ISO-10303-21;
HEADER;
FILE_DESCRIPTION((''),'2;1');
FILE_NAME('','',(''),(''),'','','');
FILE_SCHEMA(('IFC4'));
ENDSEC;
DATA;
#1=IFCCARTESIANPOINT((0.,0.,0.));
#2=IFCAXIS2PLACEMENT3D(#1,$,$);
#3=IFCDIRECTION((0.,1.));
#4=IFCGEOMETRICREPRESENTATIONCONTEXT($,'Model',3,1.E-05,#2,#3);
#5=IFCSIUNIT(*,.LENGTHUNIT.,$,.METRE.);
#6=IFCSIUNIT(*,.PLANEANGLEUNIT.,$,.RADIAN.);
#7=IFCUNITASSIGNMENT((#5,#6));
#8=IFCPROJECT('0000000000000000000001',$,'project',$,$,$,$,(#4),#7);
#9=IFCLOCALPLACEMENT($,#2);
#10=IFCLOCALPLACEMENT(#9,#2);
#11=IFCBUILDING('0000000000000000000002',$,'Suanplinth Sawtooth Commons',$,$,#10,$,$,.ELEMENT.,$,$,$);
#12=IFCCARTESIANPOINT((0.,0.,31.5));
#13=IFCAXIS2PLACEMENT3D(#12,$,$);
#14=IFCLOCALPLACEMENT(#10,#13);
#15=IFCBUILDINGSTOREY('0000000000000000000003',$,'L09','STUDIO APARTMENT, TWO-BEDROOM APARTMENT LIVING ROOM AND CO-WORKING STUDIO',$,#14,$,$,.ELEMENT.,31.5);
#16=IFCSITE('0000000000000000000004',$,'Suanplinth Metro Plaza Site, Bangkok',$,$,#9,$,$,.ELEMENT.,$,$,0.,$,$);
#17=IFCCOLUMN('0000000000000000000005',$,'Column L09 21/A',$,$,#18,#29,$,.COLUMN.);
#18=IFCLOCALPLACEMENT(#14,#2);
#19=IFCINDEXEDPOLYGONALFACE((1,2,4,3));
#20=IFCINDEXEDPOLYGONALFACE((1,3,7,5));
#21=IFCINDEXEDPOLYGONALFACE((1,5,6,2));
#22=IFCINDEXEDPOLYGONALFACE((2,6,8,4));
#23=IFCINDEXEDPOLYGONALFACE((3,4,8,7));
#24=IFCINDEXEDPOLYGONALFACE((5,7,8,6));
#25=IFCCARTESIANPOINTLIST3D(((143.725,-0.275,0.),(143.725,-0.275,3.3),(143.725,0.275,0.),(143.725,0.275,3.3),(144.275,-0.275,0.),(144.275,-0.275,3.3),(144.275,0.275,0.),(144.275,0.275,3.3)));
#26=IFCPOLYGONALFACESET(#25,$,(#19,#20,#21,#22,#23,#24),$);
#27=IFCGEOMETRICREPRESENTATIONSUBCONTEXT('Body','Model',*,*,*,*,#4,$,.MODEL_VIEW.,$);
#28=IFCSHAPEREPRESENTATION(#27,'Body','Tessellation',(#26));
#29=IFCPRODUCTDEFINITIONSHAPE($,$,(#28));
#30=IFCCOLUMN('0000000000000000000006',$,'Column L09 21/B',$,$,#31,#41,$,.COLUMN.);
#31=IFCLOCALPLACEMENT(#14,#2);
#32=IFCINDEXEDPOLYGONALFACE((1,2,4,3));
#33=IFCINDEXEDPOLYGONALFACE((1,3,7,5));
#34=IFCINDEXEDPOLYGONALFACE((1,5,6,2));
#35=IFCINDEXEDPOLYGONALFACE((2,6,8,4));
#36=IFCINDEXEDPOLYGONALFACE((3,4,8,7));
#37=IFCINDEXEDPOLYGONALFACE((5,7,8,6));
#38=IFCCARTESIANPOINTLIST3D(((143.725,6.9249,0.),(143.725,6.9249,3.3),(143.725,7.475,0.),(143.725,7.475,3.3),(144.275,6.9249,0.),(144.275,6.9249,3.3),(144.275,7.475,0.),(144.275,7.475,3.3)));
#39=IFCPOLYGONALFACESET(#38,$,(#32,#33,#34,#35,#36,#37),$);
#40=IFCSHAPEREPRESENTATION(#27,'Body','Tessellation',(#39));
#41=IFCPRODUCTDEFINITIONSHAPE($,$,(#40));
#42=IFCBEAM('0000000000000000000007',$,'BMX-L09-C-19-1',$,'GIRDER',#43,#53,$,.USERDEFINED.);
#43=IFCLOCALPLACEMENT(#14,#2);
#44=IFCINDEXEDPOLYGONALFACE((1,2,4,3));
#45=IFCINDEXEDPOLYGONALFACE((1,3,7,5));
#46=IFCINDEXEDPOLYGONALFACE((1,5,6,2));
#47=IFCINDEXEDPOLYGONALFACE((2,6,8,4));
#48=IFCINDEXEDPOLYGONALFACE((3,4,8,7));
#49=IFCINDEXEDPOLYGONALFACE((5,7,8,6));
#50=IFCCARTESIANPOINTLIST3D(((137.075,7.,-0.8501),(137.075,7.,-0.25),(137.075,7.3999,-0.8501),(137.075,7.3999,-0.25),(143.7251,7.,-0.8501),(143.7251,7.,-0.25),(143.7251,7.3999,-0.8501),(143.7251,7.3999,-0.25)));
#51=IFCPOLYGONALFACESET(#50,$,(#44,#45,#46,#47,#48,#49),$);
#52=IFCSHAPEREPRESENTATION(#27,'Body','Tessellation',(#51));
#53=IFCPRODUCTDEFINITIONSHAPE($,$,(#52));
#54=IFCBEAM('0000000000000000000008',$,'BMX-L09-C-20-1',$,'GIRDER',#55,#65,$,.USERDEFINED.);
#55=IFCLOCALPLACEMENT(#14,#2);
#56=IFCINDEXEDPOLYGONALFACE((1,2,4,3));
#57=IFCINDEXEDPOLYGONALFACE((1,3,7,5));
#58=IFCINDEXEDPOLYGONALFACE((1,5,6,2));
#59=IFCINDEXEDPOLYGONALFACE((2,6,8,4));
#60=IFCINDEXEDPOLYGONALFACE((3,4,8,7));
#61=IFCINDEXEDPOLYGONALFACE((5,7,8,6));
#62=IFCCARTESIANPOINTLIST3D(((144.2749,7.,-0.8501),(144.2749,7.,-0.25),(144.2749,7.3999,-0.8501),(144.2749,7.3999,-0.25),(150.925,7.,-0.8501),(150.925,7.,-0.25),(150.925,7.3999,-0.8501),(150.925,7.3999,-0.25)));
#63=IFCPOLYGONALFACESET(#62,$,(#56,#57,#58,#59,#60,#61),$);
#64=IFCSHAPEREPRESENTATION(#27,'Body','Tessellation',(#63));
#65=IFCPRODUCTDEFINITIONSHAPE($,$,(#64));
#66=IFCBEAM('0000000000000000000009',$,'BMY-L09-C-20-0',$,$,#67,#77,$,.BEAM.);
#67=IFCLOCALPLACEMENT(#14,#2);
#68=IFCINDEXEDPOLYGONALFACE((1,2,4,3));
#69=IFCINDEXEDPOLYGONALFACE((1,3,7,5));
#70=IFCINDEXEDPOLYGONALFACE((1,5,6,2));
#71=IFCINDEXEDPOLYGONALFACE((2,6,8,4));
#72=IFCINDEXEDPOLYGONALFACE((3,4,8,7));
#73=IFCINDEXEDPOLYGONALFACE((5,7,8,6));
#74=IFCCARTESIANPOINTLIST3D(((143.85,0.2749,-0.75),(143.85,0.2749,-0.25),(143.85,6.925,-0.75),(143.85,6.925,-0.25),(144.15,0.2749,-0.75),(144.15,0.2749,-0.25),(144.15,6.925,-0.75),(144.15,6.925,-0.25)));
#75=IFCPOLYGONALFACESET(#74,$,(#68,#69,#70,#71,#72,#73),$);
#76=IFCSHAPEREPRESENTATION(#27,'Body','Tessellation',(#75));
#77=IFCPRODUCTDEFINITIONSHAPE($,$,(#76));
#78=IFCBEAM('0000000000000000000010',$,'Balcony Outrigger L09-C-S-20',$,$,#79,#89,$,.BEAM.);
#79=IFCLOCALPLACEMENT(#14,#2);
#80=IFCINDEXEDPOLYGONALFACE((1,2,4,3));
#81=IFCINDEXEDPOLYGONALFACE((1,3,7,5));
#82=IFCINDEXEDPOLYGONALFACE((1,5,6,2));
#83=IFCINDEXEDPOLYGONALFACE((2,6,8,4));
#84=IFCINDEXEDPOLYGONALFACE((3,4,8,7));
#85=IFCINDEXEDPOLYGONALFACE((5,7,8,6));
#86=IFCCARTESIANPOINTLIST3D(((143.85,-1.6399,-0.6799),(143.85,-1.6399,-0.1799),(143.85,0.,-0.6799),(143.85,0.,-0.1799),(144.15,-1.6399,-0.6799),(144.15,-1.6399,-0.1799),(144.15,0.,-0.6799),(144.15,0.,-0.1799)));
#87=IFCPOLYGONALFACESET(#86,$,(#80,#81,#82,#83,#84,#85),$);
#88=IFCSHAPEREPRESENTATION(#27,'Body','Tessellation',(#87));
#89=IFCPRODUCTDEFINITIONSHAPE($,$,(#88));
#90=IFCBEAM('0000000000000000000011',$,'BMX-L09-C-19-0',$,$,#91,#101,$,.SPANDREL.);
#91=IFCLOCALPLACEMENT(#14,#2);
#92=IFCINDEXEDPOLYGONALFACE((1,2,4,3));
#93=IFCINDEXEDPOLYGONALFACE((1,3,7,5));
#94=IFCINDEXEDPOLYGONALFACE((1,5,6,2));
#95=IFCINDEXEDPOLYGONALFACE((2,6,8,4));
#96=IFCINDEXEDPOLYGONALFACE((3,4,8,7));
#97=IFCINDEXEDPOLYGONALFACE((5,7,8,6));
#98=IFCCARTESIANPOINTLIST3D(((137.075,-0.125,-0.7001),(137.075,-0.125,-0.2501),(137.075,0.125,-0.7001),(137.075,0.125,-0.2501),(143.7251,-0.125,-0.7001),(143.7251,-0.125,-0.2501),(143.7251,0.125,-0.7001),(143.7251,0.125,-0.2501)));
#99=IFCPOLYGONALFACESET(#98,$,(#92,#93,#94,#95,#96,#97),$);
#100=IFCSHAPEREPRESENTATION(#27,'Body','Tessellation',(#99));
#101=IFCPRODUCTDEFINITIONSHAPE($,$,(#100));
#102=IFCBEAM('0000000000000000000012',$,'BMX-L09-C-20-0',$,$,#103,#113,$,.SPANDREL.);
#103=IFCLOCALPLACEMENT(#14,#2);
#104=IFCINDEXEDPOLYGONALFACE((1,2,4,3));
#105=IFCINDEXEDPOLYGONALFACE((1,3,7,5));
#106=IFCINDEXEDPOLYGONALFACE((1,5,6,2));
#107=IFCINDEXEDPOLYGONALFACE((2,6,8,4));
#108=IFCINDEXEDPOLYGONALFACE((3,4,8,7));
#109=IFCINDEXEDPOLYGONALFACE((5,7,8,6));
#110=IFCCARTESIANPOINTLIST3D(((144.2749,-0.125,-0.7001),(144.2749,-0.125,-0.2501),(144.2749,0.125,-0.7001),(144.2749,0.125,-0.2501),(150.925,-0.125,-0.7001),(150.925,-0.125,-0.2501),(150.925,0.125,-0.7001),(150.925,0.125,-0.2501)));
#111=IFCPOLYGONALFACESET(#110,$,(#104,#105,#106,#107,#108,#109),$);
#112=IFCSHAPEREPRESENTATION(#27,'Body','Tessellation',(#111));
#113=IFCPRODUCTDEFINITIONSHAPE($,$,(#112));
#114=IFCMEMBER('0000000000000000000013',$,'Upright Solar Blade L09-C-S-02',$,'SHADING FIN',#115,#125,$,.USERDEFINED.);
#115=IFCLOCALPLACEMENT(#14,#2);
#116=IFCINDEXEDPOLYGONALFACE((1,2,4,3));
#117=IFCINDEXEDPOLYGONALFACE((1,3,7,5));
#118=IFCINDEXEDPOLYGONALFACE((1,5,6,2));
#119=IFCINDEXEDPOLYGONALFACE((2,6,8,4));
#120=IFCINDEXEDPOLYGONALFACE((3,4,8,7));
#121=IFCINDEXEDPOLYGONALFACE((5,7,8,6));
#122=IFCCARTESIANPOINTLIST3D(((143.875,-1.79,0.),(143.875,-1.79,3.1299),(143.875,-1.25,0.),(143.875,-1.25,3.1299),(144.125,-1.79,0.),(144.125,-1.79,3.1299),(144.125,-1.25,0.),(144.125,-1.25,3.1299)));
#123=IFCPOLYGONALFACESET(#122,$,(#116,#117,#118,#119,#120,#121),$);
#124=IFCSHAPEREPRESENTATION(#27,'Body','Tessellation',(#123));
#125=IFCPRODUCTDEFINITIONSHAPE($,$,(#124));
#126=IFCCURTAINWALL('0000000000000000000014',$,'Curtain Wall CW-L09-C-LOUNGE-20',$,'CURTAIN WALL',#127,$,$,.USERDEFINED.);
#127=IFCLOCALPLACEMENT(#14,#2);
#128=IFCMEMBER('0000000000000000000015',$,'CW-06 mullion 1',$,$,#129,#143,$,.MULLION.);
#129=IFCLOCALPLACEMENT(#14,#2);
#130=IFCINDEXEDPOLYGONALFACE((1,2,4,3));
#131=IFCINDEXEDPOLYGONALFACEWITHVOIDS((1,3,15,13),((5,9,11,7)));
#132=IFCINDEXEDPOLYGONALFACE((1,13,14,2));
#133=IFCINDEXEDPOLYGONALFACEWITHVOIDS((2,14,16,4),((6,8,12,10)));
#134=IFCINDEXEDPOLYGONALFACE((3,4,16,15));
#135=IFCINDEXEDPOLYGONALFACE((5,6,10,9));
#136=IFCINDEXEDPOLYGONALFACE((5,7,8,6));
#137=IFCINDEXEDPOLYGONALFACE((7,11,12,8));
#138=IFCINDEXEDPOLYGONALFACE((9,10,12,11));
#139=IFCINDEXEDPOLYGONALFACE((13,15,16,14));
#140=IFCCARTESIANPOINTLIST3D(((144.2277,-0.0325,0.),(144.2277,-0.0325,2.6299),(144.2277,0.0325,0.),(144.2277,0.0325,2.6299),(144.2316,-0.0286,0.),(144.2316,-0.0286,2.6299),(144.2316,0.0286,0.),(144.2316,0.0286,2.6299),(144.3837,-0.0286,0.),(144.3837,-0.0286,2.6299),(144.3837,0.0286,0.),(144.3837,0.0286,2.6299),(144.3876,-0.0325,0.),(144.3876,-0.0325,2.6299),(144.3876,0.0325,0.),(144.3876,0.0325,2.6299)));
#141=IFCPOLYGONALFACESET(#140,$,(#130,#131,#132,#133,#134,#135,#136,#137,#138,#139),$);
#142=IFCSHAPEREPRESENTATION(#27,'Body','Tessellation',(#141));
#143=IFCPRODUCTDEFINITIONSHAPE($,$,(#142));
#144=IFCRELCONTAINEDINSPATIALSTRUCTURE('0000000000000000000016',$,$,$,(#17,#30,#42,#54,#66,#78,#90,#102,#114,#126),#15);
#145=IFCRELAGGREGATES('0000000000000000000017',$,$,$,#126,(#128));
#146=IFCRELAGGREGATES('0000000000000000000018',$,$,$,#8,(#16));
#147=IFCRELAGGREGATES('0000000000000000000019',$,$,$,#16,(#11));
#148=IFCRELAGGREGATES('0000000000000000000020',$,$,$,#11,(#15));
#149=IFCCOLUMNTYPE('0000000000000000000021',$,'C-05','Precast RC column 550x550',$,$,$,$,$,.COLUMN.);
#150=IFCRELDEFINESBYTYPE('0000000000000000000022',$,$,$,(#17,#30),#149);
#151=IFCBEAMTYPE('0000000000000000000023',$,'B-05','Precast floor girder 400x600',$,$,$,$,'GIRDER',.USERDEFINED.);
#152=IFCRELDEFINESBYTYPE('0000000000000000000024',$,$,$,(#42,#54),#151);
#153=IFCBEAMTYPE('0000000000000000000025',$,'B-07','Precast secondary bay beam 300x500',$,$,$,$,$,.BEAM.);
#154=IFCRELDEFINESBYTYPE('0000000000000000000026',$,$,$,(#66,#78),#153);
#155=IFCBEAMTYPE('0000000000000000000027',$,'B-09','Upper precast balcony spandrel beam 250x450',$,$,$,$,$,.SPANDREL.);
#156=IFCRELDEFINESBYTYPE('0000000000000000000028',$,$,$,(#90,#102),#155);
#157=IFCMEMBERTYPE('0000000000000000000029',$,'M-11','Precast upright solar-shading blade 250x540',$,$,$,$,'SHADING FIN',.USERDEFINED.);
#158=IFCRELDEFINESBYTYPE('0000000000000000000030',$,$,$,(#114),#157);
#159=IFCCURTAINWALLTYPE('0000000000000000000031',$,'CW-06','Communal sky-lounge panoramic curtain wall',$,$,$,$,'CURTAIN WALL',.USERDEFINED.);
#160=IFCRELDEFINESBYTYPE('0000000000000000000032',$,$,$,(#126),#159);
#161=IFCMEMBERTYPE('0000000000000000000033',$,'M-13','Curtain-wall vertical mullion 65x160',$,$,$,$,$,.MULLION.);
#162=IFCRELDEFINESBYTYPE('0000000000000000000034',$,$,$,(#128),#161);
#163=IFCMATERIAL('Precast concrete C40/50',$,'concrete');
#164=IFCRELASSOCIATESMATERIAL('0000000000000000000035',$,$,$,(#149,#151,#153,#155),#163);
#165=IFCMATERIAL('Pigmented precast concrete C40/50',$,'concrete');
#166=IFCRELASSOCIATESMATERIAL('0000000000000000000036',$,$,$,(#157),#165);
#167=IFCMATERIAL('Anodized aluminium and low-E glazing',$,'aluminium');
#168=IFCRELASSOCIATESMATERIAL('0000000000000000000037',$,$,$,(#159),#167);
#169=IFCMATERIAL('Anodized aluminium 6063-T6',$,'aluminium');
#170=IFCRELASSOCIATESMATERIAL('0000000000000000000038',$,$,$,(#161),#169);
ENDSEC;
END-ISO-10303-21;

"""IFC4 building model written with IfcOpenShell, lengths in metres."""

from ifc_helpers import new_model, si_unit, direction, frame, origin, origin_2d, place, context, subcontext, project, spatial, rectangle, hollow_rectangle, extrude, material, material_profile, profile_set, type_object, element, aggregate, save


model = new_model("IFC4")

# Units and contexts
model_context = context("Model", 3, precision=1e-05, world=origin(), true_north=direction((0.0, 1.0)))
body_context = subcontext(model_context, "Body", "Model", "MODEL_VIEW")
ifc_project = project(units=[si_unit("LENGTHUNIT", "METRE"), si_unit("PLANEANGLEUNIT", "RADIAN")], contexts=[model_context])

# Site, building, storey
site_placement = place(None, origin())
site = spatial("IfcSite", under=ifc_project, at=site_placement, Name="Suanplinth Metro Plaza Site, Bangkok", CompositionType="ELEMENT", RefElevation=0.0)
building_placement = place(site_placement, origin())
building = spatial("IfcBuilding", under=site, at=building_placement, Name="Suanplinth Sawtooth Commons", CompositionType="ELEMENT")
storey_placement = place(building_placement, frame((0.0, 0.0, 31.5)))
storey = spatial("IfcBuildingStorey", under=building, at=storey_placement, Name="L09", Description="STUDIO APARTMENT, TWO-BEDROOM APARTMENT LIVING ROOM AND CO-WORKING STUDIO", CompositionType="ELEMENT", Elevation=31.5)

# Columns
ifc_material_1 = material(Name="Precast concrete C40/50", Category="concrete")
ifc_material_profile_1 = material_profile(ifc_material_1, rectangle(XDim=0.55, YDim=0.55, at=origin_2d()), Name="PC-COL 550x550")
ifc_profile_set_1 = profile_set([ifc_material_profile_1], Name="Precast concrete C40/50")
column_type = type_object("IfcColumnType", Name="C-05", Description="Precast RC column 550x550", PredefinedType="COLUMN", material=ifc_profile_set_1)
for number, where, z_axis, x_axis, name in (
    (1, (144.0, 0.0, 0.0), (0.0, 0.0, 1.0), (1.0, 0.0, 0.0), "Column L09 21/A"),
    (2, (144.0, 7.2, 0.0), (0.0, 0.0, 1.0), (1.0, 0.0, 0.0), "Column L09 21/B"),
):
    element("IfcColumn", number, at=place(storey_placement, frame(where, z_axis=z_axis, x_axis=x_axis)), inside=storey, type_object=column_type, Name=name, PredefinedType="COLUMN", context=body_context, shape_type="SweptSolid", body=[
        extrude(rectangle(XDim=0.55, YDim=0.55, at=origin_2d()), origin(), (0.0, 0.0, 1.0), 3.3),
    ])

# Beams
ifc_material_profile_2 = material_profile(ifc_material_1, rectangle(XDim=0.3999, YDim=0.6001, at=origin_2d()), Name="PC-GDR 400x600")
ifc_profile_set_2 = profile_set([ifc_material_profile_2], Name="Precast concrete C40/50")
beam_type_1 = type_object("IfcBeamType", Name="B-05", Description="Precast floor girder 400x600", ElementType="GIRDER", PredefinedType="USERDEFINED", material=ifc_profile_set_2)
for number, where, z_axis, x_axis, name in (
    (3, (137.075, 7.2, -0.55), (1.0, 0.0, 0.0), (0.0, 1.0, 0.0), "BMX-L09-C-19-1"),
    (4, (144.2749, 7.2, -0.55), (1.0, 0.0, 0.0), (0.0, 1.0, 0.0), "BMX-L09-C-20-1"),
):
    element("IfcBeam", number, at=place(storey_placement, frame(where, z_axis=z_axis, x_axis=x_axis)), inside=storey, type_object=beam_type_1, Name=name, ObjectType="GIRDER", PredefinedType="USERDEFINED", context=body_context, shape_type="SweptSolid", body=[
        extrude(rectangle(XDim=0.3999, YDim=0.6001, at=origin_2d()), origin(), (0.0, 0.0, 1.0), 6.6501),
    ])
ifc_material_profile_3 = material_profile(ifc_material_1, rectangle(XDim=0.3, YDim=0.5, at=origin_2d()), Name="PC-BM 300x500")
ifc_profile_set_3 = profile_set([ifc_material_profile_3], Name="Precast concrete C40/50")
beam_type_2 = type_object("IfcBeamType", Name="B-07", Description="Precast secondary bay beam 300x500", PredefinedType="BEAM", material=ifc_profile_set_3)
beam_1_placement = place(storey_placement, frame((144.0, 0.2749, -0.5), z_axis=(0.0, 1.0, 0.0), x_axis=(-1.0, 0.0, 0.0)))
element("IfcBeam", 5, at=beam_1_placement, inside=storey, type_object=beam_type_2, Name="BMY-L09-C-20-0", PredefinedType="BEAM", context=body_context, shape_type="SweptSolid", body=[
    extrude(rectangle(XDim=0.3, YDim=0.5, at=origin_2d()), origin(), (0.0, 0.0, 1.0), 6.6501),
])
beam_2_placement = place(storey_placement, frame((144.0, 0.0, -0.4299), z_axis=(0.0, -1.0, 0.0), x_axis=(1.0, 0.0, 0.0)))
element("IfcBeam", 6, at=beam_2_placement, inside=storey, type_object=beam_type_2, Name="Balcony Outrigger L09-C-S-20", PredefinedType="BEAM", context=body_context, shape_type="SweptSolid", body=[
    extrude(rectangle(XDim=0.3, YDim=0.5, at=origin_2d()), origin(), (0.0, 0.0, 1.0), 1.6399),
])
ifc_material_profile_4 = material_profile(ifc_material_1, rectangle(XDim=0.25, YDim=0.45, at=origin_2d()), Name="PC-SP 250x450")
ifc_profile_set_4 = profile_set([ifc_material_profile_4], Name="Precast concrete C40/50")
beam_type_3 = type_object("IfcBeamType", Name="B-09", Description="Upper precast balcony spandrel beam 250x450", PredefinedType="SPANDREL", material=ifc_profile_set_4)
for number, where, z_axis, x_axis, name in (
    (7, (137.075, 0.0, -0.4751), (1.0, 0.0, 0.0), (0.0, 1.0, 0.0), "BMX-L09-C-19-0"),
    (8, (144.2749, 0.0, -0.4751), (1.0, 0.0, 0.0), (0.0, 1.0, 0.0), "BMX-L09-C-20-0"),
):
    element("IfcBeam", number, at=place(storey_placement, frame(where, z_axis=z_axis, x_axis=x_axis)), inside=storey, type_object=beam_type_3, Name=name, PredefinedType="SPANDREL", context=body_context, shape_type="SweptSolid", body=[
        extrude(rectangle(XDim=0.25, YDim=0.45, at=origin_2d()), origin(), (0.0, 0.0, 1.0), 6.6501),
    ])

# Member
ifc_material_2 = material(Name="Pigmented precast concrete C40/50", Category="concrete")
ifc_material_profile_5 = material_profile(ifc_material_2, rectangle(XDim=0.25, YDim=0.54, at=origin_2d()), Name="PC-FIN 250x540")
ifc_profile_set_5 = profile_set([ifc_material_profile_5], Name="Pigmented precast concrete C40/50")
member_type_1 = type_object("IfcMemberType", Name="M-11", Description="Precast upright solar-shading blade 250x540", ElementType="SHADING FIN", PredefinedType="USERDEFINED", material=ifc_profile_set_5)
member_1_placement = place(storey_placement, frame((144.0, -1.52, 0.0), z_axis=(0.0, 0.0, 1.0), x_axis=(1.0, 0.0, 0.0)))
element("IfcMember", 9, at=member_1_placement, inside=storey, type_object=member_type_1, Name="Upright Solar Blade L09-C-S-02", ObjectType="SHADING FIN", PredefinedType="USERDEFINED", context=body_context, shape_type="SweptSolid", body=[
    extrude(rectangle(XDim=0.25, YDim=0.54, at=origin_2d()), origin(), (0.0, 0.0, 1.0), 3.1299),
])

# Curtain wall, member
ifc_material_3 = material(Name="Anodized aluminium and low-E glazing", Category="aluminium")
curtain_wall_type = type_object("IfcCurtainWallType", Name="CW-06", Description="Communal sky-lounge panoramic curtain wall", ElementType="CURTAIN WALL", PredefinedType="USERDEFINED", material=ifc_material_3)
curtain_wall_placement = place(storey_placement, origin())
curtain_wall = element("IfcCurtainWall", 10, at=curtain_wall_placement, inside=storey, type_object=curtain_wall_type, Name="Curtain Wall CW-L09-C-LOUNGE-20", ObjectType="CURTAIN WALL", PredefinedType="USERDEFINED")
ifc_material_4 = material(Name="Anodized aluminium 6063-T6", Category="aluminium")
ifc_material_profile_6 = material_profile(ifc_material_4, hollow_rectangle(XDim=0.0649, YDim=0.1599, WallThickness=0.0039, at=origin_2d()), Name="ALU-MUL 65x160")
ifc_profile_set_6 = profile_set([ifc_material_profile_6], Name="Anodized aluminium 6063-T6")
member_type_2 = type_object("IfcMemberType", Name="M-13", Description="Curtain-wall vertical mullion 65x160", PredefinedType="MULLION", material=ifc_profile_set_6)
member_2_placement = place(storey_placement, frame((144.3076, 0.0, 0.0), z_axis=(0.0, 0.0, 1.0), x_axis=(0.0, 1.0, 0.0)))
member_2 = element("IfcMember", 11, at=member_2_placement, type_object=member_type_2, Name="CW-06 mullion 1", PredefinedType="MULLION", context=body_context, shape_type="SweptSolid", body=[
    extrude(hollow_rectangle(XDim=0.0649, YDim=0.1599, WallThickness=0.0039, at=origin_2d()), origin(), (0.0, 0.0, 1.0), 2.6299),
])
aggregate(curtain_wall, [member_2])

save(model, "model.ifc")
